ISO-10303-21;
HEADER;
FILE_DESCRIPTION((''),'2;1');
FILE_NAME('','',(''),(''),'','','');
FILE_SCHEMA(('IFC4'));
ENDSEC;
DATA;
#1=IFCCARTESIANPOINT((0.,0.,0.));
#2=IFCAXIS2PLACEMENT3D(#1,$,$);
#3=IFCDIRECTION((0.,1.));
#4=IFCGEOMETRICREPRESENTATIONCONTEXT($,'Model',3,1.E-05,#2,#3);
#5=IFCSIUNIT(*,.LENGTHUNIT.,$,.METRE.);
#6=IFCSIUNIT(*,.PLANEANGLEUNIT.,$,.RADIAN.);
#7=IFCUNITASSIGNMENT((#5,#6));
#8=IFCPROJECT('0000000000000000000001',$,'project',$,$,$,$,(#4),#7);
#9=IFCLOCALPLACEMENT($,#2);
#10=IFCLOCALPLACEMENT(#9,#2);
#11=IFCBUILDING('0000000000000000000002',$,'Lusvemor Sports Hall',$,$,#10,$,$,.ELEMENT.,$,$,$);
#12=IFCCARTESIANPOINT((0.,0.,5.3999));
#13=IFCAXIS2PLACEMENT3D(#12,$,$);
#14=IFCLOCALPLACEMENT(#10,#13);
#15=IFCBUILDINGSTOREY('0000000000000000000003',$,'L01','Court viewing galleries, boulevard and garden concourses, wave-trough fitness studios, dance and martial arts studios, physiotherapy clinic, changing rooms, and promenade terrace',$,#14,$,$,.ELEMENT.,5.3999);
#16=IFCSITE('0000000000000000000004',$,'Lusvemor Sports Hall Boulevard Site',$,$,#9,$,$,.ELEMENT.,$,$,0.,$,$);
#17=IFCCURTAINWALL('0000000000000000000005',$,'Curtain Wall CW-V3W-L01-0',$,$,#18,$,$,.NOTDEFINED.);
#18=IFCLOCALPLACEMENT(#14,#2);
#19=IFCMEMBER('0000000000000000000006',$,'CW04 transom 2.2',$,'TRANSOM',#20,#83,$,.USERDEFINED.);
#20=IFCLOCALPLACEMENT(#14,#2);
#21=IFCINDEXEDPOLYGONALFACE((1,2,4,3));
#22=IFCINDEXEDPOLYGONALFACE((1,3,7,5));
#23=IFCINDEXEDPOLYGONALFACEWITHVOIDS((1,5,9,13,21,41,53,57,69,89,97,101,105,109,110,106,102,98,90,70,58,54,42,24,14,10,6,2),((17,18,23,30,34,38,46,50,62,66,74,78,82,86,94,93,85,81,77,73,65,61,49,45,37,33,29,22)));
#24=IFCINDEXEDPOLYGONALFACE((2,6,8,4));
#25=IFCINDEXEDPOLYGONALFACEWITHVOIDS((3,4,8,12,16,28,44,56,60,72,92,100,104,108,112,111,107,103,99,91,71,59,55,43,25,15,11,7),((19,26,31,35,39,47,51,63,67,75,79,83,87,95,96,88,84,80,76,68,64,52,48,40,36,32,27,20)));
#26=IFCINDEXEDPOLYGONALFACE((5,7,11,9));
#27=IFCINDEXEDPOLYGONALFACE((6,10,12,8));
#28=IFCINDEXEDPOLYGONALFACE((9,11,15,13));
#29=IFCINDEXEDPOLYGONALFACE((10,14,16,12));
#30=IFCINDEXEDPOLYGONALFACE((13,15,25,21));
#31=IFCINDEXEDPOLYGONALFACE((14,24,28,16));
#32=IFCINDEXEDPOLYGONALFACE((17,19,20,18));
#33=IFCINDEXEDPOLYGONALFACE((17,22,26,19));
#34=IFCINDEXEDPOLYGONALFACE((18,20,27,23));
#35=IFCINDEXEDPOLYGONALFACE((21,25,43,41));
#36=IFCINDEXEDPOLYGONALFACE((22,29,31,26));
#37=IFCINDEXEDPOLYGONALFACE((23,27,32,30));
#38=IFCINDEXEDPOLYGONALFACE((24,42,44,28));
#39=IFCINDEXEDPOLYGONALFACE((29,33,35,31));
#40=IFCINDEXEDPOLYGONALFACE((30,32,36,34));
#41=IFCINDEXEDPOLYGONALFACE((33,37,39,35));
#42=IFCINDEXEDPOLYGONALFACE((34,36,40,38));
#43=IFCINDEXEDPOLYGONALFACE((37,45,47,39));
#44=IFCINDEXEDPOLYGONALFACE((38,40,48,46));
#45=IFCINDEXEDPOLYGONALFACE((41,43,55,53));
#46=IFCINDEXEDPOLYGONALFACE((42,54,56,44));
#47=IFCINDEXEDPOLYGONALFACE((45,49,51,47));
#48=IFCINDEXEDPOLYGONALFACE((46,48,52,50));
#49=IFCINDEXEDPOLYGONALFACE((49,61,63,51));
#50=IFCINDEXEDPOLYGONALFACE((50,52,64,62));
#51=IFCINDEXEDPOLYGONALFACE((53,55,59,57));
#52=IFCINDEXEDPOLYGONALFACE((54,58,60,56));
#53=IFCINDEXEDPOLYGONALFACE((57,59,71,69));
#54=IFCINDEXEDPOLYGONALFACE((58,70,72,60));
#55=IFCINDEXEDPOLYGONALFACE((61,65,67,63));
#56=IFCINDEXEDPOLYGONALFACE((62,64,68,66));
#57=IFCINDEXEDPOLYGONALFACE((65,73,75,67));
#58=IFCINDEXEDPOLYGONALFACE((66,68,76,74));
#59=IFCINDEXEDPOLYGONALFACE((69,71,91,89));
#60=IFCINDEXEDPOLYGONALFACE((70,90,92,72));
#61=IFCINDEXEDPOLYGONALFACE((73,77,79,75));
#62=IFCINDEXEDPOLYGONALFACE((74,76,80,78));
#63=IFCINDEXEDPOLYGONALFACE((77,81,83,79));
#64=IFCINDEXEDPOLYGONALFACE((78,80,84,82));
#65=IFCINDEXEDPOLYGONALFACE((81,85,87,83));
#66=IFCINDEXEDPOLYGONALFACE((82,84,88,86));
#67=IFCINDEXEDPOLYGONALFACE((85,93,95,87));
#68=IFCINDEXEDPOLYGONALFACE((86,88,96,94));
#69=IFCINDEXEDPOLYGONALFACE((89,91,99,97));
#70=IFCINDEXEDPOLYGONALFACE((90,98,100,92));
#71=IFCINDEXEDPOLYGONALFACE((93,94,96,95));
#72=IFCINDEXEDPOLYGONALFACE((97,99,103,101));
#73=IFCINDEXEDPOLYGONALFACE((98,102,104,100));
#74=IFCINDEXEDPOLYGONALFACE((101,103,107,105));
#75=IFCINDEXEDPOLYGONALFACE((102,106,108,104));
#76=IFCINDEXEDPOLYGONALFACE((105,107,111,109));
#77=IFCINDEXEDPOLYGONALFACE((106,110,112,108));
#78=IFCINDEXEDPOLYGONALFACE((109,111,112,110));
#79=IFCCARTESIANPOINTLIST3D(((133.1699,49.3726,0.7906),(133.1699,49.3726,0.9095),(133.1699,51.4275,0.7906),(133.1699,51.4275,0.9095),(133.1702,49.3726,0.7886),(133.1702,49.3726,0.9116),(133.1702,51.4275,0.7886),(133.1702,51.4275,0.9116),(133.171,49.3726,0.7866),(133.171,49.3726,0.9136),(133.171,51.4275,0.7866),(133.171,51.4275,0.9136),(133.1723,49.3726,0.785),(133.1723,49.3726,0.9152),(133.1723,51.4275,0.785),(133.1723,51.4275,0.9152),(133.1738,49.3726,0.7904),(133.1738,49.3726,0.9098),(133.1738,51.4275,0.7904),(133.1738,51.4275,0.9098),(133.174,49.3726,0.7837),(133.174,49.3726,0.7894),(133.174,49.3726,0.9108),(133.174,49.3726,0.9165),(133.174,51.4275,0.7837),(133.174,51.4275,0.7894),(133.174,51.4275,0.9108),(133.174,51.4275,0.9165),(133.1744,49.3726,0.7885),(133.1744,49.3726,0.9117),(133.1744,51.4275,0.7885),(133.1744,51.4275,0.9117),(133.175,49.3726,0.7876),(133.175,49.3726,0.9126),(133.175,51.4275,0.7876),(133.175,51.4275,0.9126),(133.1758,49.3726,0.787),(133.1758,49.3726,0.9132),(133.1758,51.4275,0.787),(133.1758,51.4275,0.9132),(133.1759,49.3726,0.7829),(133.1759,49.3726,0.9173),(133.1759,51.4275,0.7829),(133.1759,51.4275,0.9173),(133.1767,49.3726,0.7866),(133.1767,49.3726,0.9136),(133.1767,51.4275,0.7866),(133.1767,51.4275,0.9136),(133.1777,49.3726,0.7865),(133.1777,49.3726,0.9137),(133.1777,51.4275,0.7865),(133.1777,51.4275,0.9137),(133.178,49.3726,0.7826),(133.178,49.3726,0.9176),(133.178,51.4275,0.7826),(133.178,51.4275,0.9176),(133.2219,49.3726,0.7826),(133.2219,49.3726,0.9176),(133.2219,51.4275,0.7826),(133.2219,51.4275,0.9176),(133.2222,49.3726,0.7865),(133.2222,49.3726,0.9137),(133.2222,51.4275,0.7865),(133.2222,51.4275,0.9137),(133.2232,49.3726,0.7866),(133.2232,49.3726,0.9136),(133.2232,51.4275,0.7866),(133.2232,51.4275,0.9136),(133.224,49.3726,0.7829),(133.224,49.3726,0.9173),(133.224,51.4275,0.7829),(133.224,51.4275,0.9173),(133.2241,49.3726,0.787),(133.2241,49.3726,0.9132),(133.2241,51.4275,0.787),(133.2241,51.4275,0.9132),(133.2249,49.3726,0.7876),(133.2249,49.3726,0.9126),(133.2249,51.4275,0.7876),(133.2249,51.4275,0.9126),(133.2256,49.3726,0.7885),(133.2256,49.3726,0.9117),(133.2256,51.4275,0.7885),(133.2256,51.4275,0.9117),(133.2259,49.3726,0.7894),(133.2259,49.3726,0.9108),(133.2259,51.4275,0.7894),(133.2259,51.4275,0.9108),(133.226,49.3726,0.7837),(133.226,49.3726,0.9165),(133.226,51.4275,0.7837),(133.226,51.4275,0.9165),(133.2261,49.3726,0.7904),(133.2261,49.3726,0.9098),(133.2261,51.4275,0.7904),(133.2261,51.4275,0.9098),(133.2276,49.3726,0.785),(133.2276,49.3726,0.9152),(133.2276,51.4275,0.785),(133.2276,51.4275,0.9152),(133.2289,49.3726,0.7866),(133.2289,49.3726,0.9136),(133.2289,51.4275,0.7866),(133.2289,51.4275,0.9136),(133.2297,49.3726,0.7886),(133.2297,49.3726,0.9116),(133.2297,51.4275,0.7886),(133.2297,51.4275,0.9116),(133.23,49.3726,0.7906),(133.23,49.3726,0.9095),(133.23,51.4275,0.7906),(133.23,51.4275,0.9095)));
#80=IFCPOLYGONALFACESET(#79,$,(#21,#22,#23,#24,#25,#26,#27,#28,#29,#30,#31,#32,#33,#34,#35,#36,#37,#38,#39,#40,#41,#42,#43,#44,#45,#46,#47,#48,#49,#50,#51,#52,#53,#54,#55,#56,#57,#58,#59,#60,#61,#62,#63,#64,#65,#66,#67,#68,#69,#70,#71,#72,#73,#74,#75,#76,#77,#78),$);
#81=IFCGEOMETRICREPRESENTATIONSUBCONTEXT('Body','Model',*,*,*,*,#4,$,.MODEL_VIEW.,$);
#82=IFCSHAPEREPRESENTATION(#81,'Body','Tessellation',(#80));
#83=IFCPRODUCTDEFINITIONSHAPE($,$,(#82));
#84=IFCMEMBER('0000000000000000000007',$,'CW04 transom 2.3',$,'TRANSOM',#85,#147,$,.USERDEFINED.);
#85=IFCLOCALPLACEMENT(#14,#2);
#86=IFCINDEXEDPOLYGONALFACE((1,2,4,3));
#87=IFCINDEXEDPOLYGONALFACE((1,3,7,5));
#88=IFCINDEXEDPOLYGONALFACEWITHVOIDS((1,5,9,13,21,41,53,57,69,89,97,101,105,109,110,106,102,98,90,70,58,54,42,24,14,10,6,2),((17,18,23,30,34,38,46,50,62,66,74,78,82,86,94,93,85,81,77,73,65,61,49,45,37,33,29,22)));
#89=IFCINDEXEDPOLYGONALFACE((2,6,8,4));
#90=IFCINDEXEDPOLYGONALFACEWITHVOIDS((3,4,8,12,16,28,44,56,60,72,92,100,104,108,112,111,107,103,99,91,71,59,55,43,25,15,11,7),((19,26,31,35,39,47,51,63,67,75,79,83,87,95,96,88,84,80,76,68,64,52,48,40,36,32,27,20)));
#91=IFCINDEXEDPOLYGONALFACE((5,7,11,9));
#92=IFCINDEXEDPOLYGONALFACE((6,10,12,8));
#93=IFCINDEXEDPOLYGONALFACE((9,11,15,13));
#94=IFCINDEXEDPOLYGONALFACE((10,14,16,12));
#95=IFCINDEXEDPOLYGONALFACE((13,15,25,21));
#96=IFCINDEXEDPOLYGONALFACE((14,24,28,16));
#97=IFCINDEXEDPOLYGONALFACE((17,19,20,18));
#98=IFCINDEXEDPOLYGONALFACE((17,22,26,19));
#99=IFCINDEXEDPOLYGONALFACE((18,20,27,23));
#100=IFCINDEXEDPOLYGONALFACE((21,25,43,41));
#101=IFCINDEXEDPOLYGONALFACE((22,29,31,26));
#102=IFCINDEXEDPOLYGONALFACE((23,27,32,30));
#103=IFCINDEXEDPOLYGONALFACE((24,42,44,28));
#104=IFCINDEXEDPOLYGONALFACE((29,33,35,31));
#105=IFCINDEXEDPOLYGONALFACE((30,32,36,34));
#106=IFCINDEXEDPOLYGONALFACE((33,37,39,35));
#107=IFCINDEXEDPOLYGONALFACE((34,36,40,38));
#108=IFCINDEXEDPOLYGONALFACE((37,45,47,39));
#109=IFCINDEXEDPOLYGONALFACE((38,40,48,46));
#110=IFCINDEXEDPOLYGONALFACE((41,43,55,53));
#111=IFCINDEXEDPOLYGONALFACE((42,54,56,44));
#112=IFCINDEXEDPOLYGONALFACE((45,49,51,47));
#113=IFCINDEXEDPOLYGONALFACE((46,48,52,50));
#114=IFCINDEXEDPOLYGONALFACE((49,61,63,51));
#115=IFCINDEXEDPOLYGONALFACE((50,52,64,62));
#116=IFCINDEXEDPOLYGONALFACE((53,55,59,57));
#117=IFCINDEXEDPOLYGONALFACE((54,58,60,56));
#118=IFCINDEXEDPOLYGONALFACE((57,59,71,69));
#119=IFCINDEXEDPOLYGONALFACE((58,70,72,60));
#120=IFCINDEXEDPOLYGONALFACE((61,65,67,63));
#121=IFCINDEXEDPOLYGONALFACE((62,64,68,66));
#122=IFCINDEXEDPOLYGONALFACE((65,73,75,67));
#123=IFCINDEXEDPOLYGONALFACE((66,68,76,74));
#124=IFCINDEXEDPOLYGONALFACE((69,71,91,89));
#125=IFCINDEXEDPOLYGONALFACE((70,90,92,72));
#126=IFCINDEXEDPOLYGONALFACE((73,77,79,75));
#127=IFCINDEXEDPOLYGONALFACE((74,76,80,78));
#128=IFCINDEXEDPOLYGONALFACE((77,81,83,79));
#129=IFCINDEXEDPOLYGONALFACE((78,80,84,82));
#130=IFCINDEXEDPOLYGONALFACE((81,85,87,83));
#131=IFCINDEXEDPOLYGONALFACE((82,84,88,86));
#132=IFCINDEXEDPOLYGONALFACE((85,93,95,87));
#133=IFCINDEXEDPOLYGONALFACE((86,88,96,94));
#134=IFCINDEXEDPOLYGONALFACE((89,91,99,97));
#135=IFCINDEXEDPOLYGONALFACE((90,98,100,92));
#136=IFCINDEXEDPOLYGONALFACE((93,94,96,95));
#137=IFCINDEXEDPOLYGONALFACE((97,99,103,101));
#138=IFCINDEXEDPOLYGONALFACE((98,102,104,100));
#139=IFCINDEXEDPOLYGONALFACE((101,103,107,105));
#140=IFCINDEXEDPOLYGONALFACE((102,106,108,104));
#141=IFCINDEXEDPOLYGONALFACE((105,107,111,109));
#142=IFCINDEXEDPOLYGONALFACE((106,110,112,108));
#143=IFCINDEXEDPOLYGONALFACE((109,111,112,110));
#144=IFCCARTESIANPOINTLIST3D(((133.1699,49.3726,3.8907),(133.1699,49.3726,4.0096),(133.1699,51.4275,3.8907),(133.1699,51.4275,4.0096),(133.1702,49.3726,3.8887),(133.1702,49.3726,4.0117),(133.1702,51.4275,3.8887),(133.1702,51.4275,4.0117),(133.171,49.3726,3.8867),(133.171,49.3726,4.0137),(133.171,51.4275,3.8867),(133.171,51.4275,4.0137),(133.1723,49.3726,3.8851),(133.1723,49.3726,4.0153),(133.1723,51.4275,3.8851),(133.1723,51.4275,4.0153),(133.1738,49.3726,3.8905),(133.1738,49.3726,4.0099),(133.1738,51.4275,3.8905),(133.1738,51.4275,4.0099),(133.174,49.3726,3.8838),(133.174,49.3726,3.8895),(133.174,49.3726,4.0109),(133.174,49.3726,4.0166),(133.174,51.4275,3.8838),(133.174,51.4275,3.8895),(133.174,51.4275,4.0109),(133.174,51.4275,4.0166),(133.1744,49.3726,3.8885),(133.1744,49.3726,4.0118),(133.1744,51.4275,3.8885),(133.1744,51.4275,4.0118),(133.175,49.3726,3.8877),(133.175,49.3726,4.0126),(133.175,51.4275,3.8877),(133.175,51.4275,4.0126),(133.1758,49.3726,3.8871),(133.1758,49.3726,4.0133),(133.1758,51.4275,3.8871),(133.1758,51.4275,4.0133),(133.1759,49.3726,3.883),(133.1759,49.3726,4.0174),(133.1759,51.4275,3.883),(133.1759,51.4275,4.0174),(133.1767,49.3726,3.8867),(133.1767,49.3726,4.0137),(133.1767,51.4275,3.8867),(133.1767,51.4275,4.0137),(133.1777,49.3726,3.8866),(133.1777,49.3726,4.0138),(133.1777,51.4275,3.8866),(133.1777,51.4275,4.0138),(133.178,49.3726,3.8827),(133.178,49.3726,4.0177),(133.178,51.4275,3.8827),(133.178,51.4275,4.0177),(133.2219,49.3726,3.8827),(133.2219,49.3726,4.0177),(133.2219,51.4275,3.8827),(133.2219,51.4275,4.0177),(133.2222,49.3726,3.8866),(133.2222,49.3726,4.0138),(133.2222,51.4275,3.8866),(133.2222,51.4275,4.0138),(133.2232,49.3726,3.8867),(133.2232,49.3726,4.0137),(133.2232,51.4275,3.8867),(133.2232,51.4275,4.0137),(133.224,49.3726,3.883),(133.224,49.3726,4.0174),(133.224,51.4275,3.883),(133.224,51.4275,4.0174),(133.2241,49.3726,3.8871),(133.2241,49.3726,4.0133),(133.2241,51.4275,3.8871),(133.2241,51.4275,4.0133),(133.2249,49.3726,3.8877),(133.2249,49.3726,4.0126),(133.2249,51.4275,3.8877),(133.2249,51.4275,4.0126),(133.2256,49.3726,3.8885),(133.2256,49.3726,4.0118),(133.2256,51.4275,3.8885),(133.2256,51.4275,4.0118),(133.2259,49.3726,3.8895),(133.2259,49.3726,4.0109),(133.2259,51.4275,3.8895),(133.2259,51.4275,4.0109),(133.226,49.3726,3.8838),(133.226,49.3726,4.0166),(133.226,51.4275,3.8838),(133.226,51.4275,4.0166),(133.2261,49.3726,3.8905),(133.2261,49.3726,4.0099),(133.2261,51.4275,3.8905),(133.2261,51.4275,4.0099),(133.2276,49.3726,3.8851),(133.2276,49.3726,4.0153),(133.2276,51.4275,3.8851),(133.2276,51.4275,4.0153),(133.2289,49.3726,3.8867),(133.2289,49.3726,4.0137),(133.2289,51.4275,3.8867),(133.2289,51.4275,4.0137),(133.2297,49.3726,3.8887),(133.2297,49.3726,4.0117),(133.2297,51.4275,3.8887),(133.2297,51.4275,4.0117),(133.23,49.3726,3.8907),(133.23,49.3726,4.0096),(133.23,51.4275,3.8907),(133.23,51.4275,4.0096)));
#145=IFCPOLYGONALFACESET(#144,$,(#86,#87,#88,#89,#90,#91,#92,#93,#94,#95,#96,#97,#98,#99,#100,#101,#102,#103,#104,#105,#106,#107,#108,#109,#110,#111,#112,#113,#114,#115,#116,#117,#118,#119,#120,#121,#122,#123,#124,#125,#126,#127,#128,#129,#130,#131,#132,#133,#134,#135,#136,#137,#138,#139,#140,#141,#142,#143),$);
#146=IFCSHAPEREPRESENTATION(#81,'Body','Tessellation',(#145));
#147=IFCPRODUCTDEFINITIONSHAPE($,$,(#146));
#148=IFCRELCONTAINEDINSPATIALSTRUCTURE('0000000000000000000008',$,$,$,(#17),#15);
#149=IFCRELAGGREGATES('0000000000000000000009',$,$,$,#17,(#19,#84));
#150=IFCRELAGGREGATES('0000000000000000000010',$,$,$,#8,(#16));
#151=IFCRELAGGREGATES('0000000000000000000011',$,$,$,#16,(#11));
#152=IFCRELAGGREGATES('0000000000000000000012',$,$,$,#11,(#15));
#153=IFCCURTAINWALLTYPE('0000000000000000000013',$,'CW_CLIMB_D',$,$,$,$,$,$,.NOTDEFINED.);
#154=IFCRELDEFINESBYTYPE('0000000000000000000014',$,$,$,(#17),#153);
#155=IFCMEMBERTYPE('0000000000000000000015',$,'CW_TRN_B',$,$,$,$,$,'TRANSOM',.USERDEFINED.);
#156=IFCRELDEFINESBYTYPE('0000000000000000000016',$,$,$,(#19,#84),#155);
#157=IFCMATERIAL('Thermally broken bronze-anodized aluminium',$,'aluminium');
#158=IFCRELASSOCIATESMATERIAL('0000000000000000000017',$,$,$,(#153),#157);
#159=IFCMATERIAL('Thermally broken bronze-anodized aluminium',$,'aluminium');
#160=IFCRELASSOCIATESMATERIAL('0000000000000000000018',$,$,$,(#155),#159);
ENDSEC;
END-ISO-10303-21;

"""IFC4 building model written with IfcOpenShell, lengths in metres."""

from ifc_helpers import new_model, si_unit, direction, frame, origin, origin_2d, place, context, subcontext, project, spatial, hollow_rectangle, extrude, material, material_profile, profile_set, type_object, element, aggregate, save


model = new_model("IFC4")

# Units and contexts
model_context = context("Model", 3, precision=1e-05, world=origin(), true_north=direction((0.0, 1.0)))
body_context = subcontext(model_context, "Body", "Model", "MODEL_VIEW")
ifc_project = project(units=[si_unit("LENGTHUNIT", "METRE"), si_unit("PLANEANGLEUNIT", "RADIAN")], contexts=[model_context])

# Site, building, storey
site_placement = place(None, origin())
site = spatial("IfcSite", under=ifc_project, at=site_placement, Name="Lusvemor Sports Hall Boulevard Site", CompositionType="ELEMENT", RefElevation=0.0)
building_placement = place(site_placement, origin())
building = spatial("IfcBuilding", under=site, at=building_placement, Name="Lusvemor Sports Hall", CompositionType="ELEMENT")
storey_placement = place(building_placement, frame((0.0, 0.0, 5.3999)))
storey = spatial("IfcBuildingStorey", under=building, at=storey_placement, Name="L01", Description="Court viewing galleries, boulevard and garden concourses, wave-trough fitness studios, dance and martial arts studios, physiotherapy clinic, changing rooms, and promenade terrace", CompositionType="ELEMENT", Elevation=5.3999)

# Curtain wall
ifc_material_1 = material(Name="Thermally broken bronze-anodized aluminium", Category="aluminium")
curtain_wall_type_1 = type_object("IfcCurtainWallType", Name="CW_CLIMB_D", PredefinedType="NOTDEFINED", material=ifc_material_1)
curtain_wall_1_placement = place(storey_placement, origin())
curtain_wall_1 = element("IfcCurtainWall", 1, at=curtain_wall_1_placement, inside=storey, type_object=curtain_wall_type_1, Name="Curtain Wall CW-V3W-L01-0", PredefinedType="NOTDEFINED")

# Members
ifc_material_2 = material(Name="Thermally broken bronze-anodized aluminium", Category="aluminium")
ifc_material_profile_1 = material_profile(ifc_material_2, hollow_rectangle(XDim=0.0601, YDim=0.135, WallThickness=0.0039, InnerFilletRadius=0.0039, OuterFilletRadius=0.0081, at=origin_2d()), Name="CWTRN135x60x4")
ifc_profile_set_1 = profile_set([ifc_material_profile_1], Name="Thermally broken bronze-anodized aluminium")
member_type_1 = type_object("IfcMemberType", Name="CW_TRN_B", ElementType="TRANSOM", PredefinedType="USERDEFINED", material=ifc_profile_set_1)
member_1_placement = place(storey_placement, frame((133.2, 49.3726, 0.8501), z_axis=(0.0, 1.0, 0.0), x_axis=(-1.0, 0.0, 0.0)))
member_1 = element("IfcMember", 2, at=member_1_placement, type_object=member_type_1, Name="CW04 transom 2.2", ObjectType="TRANSOM", PredefinedType="USERDEFINED", context=body_context, shape_type="SweptSolid", body=[
    extrude(hollow_rectangle(XDim=0.0601, YDim=0.135, WallThickness=0.0039, InnerFilletRadius=0.0039, OuterFilletRadius=0.0081, at=origin_2d()), origin(), (0.0, 0.0, 1.0), 2.0549),
])
member_2_placement = place(storey_placement, frame((133.2, 49.3726, 3.9502), z_axis=(0.0, 1.0, 0.0), x_axis=(-1.0, 0.0, 0.0)))
member_2 = element("IfcMember", 3, at=member_2_placement, type_object=member_type_1, Name="CW04 transom 2.3", ObjectType="TRANSOM", PredefinedType="USERDEFINED", context=body_context, shape_type="SweptSolid", body=[
    extrude(hollow_rectangle(XDim=0.0601, YDim=0.135, WallThickness=0.0039, InnerFilletRadius=0.0039, OuterFilletRadius=0.0081, at=origin_2d()), origin(), (0.0, 0.0, 1.0), 2.0549),
])

aggregate(curtain_wall_1, [member_1, member_2])

save(model, "model.ifc")
